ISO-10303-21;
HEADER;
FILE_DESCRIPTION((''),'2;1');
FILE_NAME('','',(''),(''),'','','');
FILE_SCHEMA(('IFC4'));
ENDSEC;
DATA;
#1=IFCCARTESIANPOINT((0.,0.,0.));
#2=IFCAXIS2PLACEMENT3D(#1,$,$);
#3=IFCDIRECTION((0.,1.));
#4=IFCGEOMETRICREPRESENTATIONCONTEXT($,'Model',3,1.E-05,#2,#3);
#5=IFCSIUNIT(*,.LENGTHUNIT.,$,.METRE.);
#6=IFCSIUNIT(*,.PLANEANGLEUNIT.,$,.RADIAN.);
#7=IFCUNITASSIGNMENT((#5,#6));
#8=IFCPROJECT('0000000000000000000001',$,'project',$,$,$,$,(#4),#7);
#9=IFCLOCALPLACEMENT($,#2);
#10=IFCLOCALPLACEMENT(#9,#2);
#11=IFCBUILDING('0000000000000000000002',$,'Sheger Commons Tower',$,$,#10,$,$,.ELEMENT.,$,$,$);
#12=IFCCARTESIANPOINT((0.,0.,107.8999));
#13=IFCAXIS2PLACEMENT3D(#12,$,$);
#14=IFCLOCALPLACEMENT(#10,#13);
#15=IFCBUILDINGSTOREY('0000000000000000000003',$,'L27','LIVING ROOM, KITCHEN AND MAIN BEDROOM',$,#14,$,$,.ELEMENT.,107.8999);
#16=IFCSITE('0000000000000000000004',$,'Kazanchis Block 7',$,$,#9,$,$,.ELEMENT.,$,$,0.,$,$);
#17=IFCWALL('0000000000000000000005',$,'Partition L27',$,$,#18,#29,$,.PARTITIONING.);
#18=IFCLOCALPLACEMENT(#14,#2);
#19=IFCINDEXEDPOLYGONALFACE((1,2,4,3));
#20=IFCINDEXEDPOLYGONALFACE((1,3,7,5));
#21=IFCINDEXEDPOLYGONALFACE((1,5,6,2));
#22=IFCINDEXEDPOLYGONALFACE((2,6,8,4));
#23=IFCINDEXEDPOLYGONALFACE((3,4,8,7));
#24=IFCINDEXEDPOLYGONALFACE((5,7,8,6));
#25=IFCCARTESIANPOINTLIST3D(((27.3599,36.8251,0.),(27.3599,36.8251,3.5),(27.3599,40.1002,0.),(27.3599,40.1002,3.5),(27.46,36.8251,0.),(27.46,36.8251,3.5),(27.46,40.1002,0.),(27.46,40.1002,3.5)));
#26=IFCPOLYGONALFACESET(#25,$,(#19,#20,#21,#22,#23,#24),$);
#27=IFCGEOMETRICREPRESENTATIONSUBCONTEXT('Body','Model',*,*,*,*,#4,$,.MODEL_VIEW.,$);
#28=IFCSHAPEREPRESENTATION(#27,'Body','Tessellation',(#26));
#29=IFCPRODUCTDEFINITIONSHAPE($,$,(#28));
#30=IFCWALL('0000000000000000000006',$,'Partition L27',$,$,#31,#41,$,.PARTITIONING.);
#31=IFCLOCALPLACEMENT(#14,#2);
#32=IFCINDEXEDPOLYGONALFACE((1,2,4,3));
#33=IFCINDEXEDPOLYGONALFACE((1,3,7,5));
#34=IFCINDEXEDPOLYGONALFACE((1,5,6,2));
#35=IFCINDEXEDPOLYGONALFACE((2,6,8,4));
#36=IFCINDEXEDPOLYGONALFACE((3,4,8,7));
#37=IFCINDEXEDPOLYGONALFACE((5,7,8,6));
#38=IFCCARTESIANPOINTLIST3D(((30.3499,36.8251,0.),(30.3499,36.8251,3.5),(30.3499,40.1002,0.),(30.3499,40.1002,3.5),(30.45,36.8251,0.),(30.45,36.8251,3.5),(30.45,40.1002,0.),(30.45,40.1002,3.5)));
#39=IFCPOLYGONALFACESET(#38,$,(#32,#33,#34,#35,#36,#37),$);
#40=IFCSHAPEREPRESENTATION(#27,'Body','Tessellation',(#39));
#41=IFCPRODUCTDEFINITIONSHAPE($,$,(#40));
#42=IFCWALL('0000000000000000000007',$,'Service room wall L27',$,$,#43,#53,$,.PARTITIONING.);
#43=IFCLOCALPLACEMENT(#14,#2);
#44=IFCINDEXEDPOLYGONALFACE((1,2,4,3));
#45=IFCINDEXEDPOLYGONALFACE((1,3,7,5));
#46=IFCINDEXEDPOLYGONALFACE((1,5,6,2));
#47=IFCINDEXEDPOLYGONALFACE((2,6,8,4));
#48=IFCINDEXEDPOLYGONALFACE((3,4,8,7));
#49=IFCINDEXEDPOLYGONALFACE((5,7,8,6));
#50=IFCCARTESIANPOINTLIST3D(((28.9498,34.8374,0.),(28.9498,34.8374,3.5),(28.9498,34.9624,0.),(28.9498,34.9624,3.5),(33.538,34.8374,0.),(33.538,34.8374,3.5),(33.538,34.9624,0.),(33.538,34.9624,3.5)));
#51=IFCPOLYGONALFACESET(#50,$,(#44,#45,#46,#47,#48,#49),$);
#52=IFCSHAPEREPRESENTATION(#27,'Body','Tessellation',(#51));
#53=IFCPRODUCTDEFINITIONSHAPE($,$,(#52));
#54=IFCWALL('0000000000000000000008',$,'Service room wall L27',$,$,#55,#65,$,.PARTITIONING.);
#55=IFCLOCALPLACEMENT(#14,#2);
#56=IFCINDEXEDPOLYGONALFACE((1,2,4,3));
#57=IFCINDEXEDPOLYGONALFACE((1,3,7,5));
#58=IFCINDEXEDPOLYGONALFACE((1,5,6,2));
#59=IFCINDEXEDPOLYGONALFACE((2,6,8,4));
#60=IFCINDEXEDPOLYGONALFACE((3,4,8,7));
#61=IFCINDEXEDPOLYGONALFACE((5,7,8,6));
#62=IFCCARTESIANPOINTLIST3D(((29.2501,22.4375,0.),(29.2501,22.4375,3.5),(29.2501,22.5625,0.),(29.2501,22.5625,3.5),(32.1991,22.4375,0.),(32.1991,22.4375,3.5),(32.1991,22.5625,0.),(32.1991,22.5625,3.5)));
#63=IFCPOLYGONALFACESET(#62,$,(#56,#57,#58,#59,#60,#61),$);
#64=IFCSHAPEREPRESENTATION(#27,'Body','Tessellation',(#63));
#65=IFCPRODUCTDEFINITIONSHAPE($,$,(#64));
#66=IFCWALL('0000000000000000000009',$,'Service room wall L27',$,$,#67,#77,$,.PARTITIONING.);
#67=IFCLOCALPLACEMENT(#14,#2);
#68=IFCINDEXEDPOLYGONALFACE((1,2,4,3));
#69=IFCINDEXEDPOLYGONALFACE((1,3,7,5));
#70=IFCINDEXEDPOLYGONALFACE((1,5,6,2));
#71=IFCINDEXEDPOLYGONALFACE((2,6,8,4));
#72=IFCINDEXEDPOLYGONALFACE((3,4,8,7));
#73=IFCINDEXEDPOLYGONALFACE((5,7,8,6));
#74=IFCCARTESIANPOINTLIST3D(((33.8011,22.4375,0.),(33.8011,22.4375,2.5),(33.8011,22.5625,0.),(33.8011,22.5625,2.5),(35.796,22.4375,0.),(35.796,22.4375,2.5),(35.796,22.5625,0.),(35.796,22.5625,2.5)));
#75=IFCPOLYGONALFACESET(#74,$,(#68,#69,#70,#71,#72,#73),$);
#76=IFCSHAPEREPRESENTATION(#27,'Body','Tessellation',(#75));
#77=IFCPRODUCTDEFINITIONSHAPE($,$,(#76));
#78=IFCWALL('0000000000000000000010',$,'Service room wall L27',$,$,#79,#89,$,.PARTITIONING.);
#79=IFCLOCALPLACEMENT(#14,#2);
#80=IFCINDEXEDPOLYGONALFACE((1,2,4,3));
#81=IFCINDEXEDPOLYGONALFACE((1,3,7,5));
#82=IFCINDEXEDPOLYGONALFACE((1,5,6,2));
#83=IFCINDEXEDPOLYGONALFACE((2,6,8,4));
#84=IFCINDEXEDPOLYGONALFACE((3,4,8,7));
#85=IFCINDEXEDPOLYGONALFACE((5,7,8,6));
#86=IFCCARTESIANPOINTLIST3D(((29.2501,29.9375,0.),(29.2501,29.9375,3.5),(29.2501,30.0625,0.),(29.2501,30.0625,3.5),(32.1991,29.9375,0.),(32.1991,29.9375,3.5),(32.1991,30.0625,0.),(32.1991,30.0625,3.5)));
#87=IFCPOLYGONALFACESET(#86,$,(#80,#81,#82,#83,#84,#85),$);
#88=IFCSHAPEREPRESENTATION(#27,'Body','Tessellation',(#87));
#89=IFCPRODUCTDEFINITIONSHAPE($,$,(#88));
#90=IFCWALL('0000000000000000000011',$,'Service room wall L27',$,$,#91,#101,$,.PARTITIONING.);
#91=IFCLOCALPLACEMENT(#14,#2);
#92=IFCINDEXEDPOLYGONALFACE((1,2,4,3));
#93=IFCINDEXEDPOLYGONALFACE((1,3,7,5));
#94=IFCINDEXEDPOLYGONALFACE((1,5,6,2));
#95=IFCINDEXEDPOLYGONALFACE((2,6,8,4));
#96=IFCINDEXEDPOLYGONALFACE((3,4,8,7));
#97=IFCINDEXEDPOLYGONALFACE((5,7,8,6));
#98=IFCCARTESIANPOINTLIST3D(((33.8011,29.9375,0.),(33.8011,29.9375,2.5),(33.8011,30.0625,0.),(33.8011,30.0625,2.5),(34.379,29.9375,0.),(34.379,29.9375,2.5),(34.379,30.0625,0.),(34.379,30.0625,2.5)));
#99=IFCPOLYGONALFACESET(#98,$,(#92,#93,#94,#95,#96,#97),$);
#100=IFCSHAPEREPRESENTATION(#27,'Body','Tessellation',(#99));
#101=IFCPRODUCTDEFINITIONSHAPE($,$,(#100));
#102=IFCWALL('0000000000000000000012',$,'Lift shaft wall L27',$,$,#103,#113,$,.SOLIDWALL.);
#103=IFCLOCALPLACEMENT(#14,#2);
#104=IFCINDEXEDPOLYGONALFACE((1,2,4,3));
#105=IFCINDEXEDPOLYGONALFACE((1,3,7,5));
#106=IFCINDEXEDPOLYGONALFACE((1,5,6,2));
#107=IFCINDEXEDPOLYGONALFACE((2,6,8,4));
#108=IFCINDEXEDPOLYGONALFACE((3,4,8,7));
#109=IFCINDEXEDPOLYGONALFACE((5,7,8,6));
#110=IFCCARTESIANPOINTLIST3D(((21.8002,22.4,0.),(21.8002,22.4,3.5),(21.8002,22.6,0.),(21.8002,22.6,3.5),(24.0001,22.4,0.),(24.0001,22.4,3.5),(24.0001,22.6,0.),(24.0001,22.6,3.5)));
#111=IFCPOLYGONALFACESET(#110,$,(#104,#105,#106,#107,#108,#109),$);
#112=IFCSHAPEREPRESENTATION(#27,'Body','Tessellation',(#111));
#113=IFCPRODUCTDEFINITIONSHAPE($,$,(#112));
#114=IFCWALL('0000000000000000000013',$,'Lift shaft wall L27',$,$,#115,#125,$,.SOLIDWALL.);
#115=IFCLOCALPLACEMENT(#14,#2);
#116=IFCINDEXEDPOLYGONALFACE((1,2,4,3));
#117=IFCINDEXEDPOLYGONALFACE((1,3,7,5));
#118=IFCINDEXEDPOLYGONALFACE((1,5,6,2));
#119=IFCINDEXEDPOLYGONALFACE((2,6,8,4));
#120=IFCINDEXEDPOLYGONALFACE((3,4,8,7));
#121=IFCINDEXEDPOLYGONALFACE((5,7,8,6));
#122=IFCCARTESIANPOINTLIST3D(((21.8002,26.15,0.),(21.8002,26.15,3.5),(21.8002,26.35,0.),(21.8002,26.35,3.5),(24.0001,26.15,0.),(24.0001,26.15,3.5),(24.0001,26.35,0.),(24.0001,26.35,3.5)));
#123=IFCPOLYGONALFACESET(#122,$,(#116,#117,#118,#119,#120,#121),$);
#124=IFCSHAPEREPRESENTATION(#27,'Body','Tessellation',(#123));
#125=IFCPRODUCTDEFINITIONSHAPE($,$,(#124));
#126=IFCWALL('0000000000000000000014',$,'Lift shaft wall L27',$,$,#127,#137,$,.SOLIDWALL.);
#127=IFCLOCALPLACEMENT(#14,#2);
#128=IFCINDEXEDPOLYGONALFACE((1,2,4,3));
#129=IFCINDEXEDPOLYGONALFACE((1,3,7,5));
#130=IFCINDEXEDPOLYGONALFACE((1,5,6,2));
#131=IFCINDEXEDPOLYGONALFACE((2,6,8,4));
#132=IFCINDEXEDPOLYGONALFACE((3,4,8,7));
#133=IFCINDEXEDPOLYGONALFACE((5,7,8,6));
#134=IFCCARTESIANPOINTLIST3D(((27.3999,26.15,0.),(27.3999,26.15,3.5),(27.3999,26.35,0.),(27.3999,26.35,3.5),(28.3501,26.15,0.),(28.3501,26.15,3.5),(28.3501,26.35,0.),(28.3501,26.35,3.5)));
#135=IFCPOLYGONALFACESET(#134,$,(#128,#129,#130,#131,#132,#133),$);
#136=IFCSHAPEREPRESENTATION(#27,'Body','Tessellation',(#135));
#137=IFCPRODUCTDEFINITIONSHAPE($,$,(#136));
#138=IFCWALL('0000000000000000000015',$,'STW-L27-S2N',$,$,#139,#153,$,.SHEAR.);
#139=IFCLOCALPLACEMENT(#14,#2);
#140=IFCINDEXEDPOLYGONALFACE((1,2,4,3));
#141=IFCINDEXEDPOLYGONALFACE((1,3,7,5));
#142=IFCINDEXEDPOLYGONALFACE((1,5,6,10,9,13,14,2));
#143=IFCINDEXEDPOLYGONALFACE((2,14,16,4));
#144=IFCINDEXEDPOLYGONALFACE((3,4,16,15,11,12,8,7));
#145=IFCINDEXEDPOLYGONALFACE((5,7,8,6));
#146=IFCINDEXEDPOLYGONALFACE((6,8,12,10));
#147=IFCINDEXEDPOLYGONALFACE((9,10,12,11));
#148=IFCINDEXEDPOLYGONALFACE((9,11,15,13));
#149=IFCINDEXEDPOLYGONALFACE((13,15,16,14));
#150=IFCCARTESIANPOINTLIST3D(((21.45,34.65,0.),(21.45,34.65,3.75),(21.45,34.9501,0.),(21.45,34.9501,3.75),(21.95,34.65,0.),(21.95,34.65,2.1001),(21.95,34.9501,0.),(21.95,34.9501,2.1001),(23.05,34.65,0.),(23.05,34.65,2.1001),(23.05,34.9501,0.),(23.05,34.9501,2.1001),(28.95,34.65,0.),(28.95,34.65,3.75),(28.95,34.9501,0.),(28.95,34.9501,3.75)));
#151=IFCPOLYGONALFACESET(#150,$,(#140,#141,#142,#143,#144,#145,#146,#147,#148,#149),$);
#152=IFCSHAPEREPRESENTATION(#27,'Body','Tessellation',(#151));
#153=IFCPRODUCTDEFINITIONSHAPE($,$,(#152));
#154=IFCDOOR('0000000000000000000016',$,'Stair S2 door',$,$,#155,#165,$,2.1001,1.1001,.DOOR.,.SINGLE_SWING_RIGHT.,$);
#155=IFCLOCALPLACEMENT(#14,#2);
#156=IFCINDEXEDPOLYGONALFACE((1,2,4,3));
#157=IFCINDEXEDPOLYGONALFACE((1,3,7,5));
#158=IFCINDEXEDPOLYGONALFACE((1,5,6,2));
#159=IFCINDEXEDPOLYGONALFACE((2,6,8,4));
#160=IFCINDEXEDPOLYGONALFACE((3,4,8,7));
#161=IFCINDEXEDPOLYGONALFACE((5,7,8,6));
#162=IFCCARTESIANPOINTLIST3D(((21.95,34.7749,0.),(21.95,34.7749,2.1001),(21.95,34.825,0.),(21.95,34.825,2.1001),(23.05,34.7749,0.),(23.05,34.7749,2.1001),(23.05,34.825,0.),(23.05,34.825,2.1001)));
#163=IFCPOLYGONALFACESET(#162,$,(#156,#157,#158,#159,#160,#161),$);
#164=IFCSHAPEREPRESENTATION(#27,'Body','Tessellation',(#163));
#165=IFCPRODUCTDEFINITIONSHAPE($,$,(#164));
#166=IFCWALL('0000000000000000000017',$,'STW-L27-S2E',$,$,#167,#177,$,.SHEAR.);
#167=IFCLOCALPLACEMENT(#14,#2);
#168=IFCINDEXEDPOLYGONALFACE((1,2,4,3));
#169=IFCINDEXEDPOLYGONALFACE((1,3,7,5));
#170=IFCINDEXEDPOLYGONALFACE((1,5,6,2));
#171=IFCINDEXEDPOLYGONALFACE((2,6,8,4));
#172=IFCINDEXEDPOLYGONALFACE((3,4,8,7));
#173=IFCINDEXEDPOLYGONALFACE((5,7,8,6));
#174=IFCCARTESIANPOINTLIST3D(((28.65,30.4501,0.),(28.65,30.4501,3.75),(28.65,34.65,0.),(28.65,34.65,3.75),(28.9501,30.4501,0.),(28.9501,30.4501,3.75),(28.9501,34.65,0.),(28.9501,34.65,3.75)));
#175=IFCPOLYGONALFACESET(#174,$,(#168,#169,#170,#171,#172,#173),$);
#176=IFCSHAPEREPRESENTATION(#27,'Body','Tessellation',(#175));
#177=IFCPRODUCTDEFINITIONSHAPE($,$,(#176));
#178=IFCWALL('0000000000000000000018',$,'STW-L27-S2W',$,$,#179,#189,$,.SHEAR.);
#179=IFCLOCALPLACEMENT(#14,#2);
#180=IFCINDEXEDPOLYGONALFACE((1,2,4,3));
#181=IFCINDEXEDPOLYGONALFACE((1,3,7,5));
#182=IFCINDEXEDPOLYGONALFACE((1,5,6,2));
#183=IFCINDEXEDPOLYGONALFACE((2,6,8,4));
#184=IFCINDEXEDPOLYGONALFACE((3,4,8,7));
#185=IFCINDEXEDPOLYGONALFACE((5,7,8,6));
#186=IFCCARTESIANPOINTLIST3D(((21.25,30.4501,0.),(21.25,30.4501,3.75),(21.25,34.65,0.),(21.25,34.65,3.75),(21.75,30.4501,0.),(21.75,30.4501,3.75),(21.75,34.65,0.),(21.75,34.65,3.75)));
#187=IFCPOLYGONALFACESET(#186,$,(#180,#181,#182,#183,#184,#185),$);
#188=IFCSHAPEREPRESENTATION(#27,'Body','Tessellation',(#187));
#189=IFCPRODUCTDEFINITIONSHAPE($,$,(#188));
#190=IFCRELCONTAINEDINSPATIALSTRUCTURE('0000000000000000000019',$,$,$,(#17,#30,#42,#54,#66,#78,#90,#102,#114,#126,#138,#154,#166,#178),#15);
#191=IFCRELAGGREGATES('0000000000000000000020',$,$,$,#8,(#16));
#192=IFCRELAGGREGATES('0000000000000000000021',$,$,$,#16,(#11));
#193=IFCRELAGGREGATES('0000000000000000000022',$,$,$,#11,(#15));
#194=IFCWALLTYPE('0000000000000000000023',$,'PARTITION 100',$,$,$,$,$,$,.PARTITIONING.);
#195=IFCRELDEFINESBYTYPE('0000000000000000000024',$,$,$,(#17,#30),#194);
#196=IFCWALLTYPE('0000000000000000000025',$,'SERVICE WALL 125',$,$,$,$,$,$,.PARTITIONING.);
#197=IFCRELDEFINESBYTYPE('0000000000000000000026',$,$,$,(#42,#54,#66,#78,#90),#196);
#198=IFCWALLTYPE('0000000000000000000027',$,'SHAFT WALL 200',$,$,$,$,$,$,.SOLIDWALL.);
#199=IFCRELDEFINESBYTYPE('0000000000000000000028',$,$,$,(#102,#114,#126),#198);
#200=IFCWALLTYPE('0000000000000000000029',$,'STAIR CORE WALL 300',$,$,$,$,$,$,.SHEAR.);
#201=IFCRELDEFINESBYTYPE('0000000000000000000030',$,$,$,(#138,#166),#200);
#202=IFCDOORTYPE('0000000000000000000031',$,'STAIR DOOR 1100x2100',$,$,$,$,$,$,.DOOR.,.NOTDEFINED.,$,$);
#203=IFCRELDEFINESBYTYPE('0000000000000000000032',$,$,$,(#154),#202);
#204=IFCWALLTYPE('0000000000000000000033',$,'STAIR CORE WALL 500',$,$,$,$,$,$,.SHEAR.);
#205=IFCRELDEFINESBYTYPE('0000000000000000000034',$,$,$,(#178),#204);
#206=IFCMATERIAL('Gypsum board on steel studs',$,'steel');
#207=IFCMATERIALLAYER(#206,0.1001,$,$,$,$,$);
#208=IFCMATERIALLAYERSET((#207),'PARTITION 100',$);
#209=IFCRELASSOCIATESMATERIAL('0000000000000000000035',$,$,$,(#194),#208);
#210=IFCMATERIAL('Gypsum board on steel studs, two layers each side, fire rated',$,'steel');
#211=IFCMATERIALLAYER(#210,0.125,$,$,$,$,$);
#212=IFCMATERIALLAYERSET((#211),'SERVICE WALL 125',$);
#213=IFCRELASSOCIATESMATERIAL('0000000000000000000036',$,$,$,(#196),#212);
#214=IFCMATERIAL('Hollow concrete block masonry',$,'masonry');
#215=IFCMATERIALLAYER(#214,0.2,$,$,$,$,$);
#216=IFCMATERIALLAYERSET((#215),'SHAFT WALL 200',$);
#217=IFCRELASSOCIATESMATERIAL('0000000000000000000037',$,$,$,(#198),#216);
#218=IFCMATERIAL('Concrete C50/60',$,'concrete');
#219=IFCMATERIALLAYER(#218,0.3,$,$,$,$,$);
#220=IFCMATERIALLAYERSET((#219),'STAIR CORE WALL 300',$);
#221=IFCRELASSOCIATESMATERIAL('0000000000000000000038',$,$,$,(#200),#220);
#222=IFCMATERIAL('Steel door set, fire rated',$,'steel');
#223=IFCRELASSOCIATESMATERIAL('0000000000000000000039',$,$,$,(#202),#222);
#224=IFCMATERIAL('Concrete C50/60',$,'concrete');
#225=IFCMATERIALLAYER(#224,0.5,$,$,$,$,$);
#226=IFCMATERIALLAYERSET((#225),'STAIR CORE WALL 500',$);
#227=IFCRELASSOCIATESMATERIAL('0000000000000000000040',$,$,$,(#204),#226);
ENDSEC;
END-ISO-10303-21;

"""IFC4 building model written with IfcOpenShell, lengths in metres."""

from ifc_helpers import new_model, si_unit, direction, frame, frame_2d, origin, place, context, subcontext, project, spatial, rectangle, extrude, material, layer, layer_set, type_object, element, fill, save


model = new_model("IFC4")

# Units and contexts
model_context = context("Model", 3, precision=1e-05, world=origin(), true_north=direction((0.0, 1.0)))
body_context = subcontext(model_context, "Body", "Model", "MODEL_VIEW")
ifc_project = project(units=[si_unit("LENGTHUNIT", "METRE"), si_unit("PLANEANGLEUNIT", "RADIAN")], contexts=[model_context])

# Site, building, storey
site_placement = place(None, origin())
site = spatial("IfcSite", under=ifc_project, at=site_placement, Name="Kazanchis Block 7", CompositionType="ELEMENT", RefElevation=0.0)
building_placement = place(site_placement, origin())
building = spatial("IfcBuilding", under=site, at=building_placement, Name="Sheger Commons Tower", CompositionType="ELEMENT")
storey_placement = place(building_placement, frame((0.0, 0.0, 107.8999)))
storey = spatial("IfcBuildingStorey", under=building, at=storey_placement, Name="L27", Description="LIVING ROOM, KITCHEN AND MAIN BEDROOM", CompositionType="ELEMENT", Elevation=107.8999)

# Walls
ifc_material_1 = material(Name="Gypsum board on steel studs", Category="steel")
ifc_layer_1 = layer(ifc_material_1, 0.1001)
ifc_layer_set_1 = layer_set([ifc_layer_1], Name="PARTITION 100")
wall_type_1 = type_object("IfcWallType", Name="PARTITION 100", PredefinedType="PARTITIONING", material=ifc_layer_set_1)
for number, where, z_axis, x_axis, name in (
    (1, (27.4099, 36.825, 0.0), (0.0, 0.0, 1.0), (0.0, 1.0, 0.0), "Partition L27"),
    (2, (30.3999, 36.825, 0.0), (0.0, 0.0, 1.0), (0.0, 1.0, 0.0), "Partition L27"),
):
    element("IfcWall", number, at=place(storey_placement, frame(where, z_axis=z_axis, x_axis=x_axis)), inside=storey, type_object=wall_type_1, Name=name, PredefinedType="PARTITIONING", context=body_context, shape_type="SweptSolid", body=[
        extrude(rectangle(XDim=3.2751, YDim=0.1001, at=frame_2d((1.6377, 0.0))), origin(), (0.0, 0.0, 1.0), 3.5),
    ])
ifc_material_2 = material(Name="Gypsum board on steel studs, two layers each side, fire rated", Category="steel")
ifc_layer_2 = layer(ifc_material_2, 0.125)
ifc_layer_set_2 = layer_set([ifc_layer_2], Name="SERVICE WALL 125")
wall_type_2 = type_object("IfcWallType", Name="SERVICE WALL 125", PredefinedType="PARTITIONING", material=ifc_layer_set_2)
wall_1_placement = place(storey_placement, frame((28.95, 34.8999, 0.0), z_axis=(0.0, 0.0, 1.0), x_axis=(1.0, 0.0, 0.0)))
element("IfcWall", 3, at=wall_1_placement, inside=storey, type_object=wall_type_2, Name="Service room wall L27", PredefinedType="PARTITIONING", context=body_context, shape_type="SweptSolid", body=[
    extrude(rectangle(XDim=4.5881, YDim=0.125, at=frame_2d((2.2939, 0.0))), origin(), (0.0, 0.0, 1.0), 3.5),
])
wall_2_placement = place(storey_placement, frame((29.25, 22.5, 0.0), z_axis=(0.0, 0.0, 1.0), x_axis=(1.0, 0.0, 0.0)))
element("IfcWall", 4, at=wall_2_placement, inside=storey, type_object=wall_type_2, Name="Service room wall L27", PredefinedType="PARTITIONING", context=body_context, shape_type="SweptSolid", body=[
    extrude(rectangle(XDim=2.949, YDim=0.125, at=frame_2d((1.4746, 0.0))), origin(), (0.0, 0.0, 1.0), 3.5),
])
wall_3_placement = place(storey_placement, frame((33.801, 22.5, 0.0), z_axis=(0.0, 0.0, 1.0), x_axis=(1.0, 0.0, 0.0)))
element("IfcWall", 5, at=wall_3_placement, inside=storey, type_object=wall_type_2, Name="Service room wall L27", PredefinedType="PARTITIONING", context=body_context, shape_type="SweptSolid", body=[
    extrude(rectangle(XDim=1.9949, YDim=0.125, at=frame_2d((0.9976, 0.0))), origin(), (0.0, 0.0, 1.0), 2.5),
])
wall_4_placement = place(storey_placement, frame((29.25, 30.0, 0.0), z_axis=(0.0, 0.0, 1.0), x_axis=(1.0, 0.0, 0.0)))
element("IfcWall", 6, at=wall_4_placement, inside=storey, type_object=wall_type_2, Name="Service room wall L27", PredefinedType="PARTITIONING", context=body_context, shape_type="SweptSolid", body=[
    extrude(rectangle(XDim=2.949, YDim=0.125, at=frame_2d((1.4746, 0.0))), origin(), (0.0, 0.0, 1.0), 3.5),
])
wall_5_placement = place(storey_placement, frame((33.801, 30.0, 0.0), z_axis=(0.0, 0.0, 1.0), x_axis=(1.0, 0.0, 0.0)))
element("IfcWall", 7, at=wall_5_placement, inside=storey, type_object=wall_type_2, Name="Service room wall L27", PredefinedType="PARTITIONING", context=body_context, shape_type="SweptSolid", body=[
    extrude(rectangle(XDim=0.5779, YDim=0.125, at=frame_2d((0.2891, 0.0))), origin(), (0.0, 0.0, 1.0), 2.5),
])
ifc_material_3 = material(Name="Hollow concrete block masonry", Category="masonry")
ifc_layer_3 = layer(ifc_material_3, 0.2)
ifc_layer_set_3 = layer_set([ifc_layer_3], Name="SHAFT WALL 200")
wall_type_3 = type_object("IfcWallType", Name="SHAFT WALL 200", PredefinedType="SOLIDWALL", material=ifc_layer_set_3)
for number, where, z_axis, x_axis, name in (
    (8, (21.8, 22.5, 0.0), (0.0, 0.0, 1.0), (1.0, 0.0, 0.0), "Lift shaft wall L27"),
    (9, (21.8, 26.25, 0.0), (0.0, 0.0, 1.0), (1.0, 0.0, 0.0), "Lift shaft wall L27"),
):
    element("IfcWall", number, at=place(storey_placement, frame(where, z_axis=z_axis, x_axis=x_axis)), inside=storey, type_object=wall_type_3, Name=name, PredefinedType="SOLIDWALL", context=body_context, shape_type="SweptSolid", body=[
        extrude(rectangle(XDim=2.2, YDim=0.2, at=frame_2d((1.1001, 0.0))), origin(), (0.0, 0.0, 1.0), 3.5),
    ])
wall_6_placement = place(storey_placement, frame((27.3999, 26.25, 0.0), z_axis=(0.0, 0.0, 1.0), x_axis=(1.0, 0.0, 0.0)))
element("IfcWall", 10, at=wall_6_placement, inside=storey, type_object=wall_type_3, Name="Lift shaft wall L27", PredefinedType="SOLIDWALL", context=body_context, shape_type="SweptSolid", body=[
    extrude(rectangle(XDim=0.9502, YDim=0.2, at=frame_2d((0.4751, 0.0))), origin(), (0.0, 0.0, 1.0), 3.5),
])

# Wall, opening, door
ifc_material_4 = material(Name="Concrete C50/60", Category="concrete")
ifc_layer_4 = layer(ifc_material_4, 0.3)
ifc_layer_set_4 = layer_set([ifc_layer_4], Name="STAIR CORE WALL 300")
wall_type_4 = type_object("IfcWallType", Name="STAIR CORE WALL 300", PredefinedType="SHEAR", material=ifc_layer_set_4)
wall_7_placement = place(storey_placement, frame((21.45, 34.8, 0.0), z_axis=(0.0, 0.0, 1.0), x_axis=(1.0, 0.0, 0.0)))
wall_7 = element("IfcWall", 11, at=wall_7_placement, inside=storey, type_object=wall_type_4, Name="STW-L27-S2N", PredefinedType="SHEAR", context=body_context, shape_type="SweptSolid", body=[
    extrude(rectangle(XDim=7.5, YDim=0.3, at=frame_2d((3.75, 0.0))), origin(), (0.0, 0.0, 1.0), 3.75),
])
opening_1_placement = place(wall_7_placement, frame((0.5, 0.0, 0.0)))
opening_1 = element("IfcOpeningElement", 12, at=opening_1_placement, cuts=wall_7, PredefinedType="OPENING", context=body_context, shape_type="SweptSolid", body=[
    extrude(rectangle(XDim=1.1001, YDim=2.1001, at=frame_2d((0.55, 1.05))), frame((0.0, 0.1599, 0.0), z_axis=(0.0, -1.0, 0.0), x_axis=(1.0, 0.0, 0.0)), (0.0, 0.0, 1.0), 0.3201),
])
ifc_material_5 = material(Name="Steel door set, fire rated", Category="steel")
door_type_1 = type_object("IfcDoorType", Name="STAIR DOOR 1100x2100", OperationType="NOTDEFINED", PredefinedType="DOOR", material=ifc_material_5)
door_1_placement = place(opening_1_placement, origin())
door_1 = element("IfcDoor", 13, at=door_1_placement, inside=storey, type_object=door_type_1, Name="Stair S2 door", OperationType="SINGLE_SWING_RIGHT", OverallHeight=2.1001, OverallWidth=1.1001, PredefinedType="DOOR", context=body_context, shape_type="SweptSolid", body=[
    extrude(rectangle(XDim=1.1001, YDim=2.1001, at=frame_2d((0.55, 1.05))), frame((0.0, 0.0249, 0.0), z_axis=(0.0, -1.0, 0.0), x_axis=(1.0, 0.0, 0.0)), (0.0, 0.0, 1.0), 0.05),
])
fill(opening_1, door_1)

# Walls
wall_8_placement = place(storey_placement, frame((28.8, 30.45, 0.0), z_axis=(0.0, 0.0, 1.0), x_axis=(0.0, 1.0, 0.0)))
element("IfcWall", 14, at=wall_8_placement, inside=storey, type_object=wall_type_4, Name="STW-L27-S2E", PredefinedType="SHEAR", context=body_context, shape_type="SweptSolid", body=[
    extrude(rectangle(XDim=4.2, YDim=0.3, at=frame_2d((2.1001, 0.0))), origin(), (0.0, 0.0, 1.0), 3.75),
])
ifc_material_6 = material(Name="Concrete C50/60", Category="concrete")
ifc_layer_5 = layer(ifc_material_6, 0.5)
ifc_layer_set_5 = layer_set([ifc_layer_5], Name="STAIR CORE WALL 500")
wall_type_5 = type_object("IfcWallType", Name="STAIR CORE WALL 500", PredefinedType="SHEAR", material=ifc_layer_set_5)
wall_9_placement = place(storey_placement, frame((21.5, 30.45, 0.0), z_axis=(0.0, 0.0, 1.0), x_axis=(0.0, 1.0, 0.0)))
element("IfcWall", 15, at=wall_9_placement, inside=storey, type_object=wall_type_5, Name="STW-L27-S2W", PredefinedType="SHEAR", context=body_context, shape_type="SweptSolid", body=[
    extrude(rectangle(XDim=4.2, YDim=0.5, at=frame_2d((2.1001, 0.0))), origin(), (0.0, 0.0, 1.0), 3.75),
])

save(model, "model.ifc")
